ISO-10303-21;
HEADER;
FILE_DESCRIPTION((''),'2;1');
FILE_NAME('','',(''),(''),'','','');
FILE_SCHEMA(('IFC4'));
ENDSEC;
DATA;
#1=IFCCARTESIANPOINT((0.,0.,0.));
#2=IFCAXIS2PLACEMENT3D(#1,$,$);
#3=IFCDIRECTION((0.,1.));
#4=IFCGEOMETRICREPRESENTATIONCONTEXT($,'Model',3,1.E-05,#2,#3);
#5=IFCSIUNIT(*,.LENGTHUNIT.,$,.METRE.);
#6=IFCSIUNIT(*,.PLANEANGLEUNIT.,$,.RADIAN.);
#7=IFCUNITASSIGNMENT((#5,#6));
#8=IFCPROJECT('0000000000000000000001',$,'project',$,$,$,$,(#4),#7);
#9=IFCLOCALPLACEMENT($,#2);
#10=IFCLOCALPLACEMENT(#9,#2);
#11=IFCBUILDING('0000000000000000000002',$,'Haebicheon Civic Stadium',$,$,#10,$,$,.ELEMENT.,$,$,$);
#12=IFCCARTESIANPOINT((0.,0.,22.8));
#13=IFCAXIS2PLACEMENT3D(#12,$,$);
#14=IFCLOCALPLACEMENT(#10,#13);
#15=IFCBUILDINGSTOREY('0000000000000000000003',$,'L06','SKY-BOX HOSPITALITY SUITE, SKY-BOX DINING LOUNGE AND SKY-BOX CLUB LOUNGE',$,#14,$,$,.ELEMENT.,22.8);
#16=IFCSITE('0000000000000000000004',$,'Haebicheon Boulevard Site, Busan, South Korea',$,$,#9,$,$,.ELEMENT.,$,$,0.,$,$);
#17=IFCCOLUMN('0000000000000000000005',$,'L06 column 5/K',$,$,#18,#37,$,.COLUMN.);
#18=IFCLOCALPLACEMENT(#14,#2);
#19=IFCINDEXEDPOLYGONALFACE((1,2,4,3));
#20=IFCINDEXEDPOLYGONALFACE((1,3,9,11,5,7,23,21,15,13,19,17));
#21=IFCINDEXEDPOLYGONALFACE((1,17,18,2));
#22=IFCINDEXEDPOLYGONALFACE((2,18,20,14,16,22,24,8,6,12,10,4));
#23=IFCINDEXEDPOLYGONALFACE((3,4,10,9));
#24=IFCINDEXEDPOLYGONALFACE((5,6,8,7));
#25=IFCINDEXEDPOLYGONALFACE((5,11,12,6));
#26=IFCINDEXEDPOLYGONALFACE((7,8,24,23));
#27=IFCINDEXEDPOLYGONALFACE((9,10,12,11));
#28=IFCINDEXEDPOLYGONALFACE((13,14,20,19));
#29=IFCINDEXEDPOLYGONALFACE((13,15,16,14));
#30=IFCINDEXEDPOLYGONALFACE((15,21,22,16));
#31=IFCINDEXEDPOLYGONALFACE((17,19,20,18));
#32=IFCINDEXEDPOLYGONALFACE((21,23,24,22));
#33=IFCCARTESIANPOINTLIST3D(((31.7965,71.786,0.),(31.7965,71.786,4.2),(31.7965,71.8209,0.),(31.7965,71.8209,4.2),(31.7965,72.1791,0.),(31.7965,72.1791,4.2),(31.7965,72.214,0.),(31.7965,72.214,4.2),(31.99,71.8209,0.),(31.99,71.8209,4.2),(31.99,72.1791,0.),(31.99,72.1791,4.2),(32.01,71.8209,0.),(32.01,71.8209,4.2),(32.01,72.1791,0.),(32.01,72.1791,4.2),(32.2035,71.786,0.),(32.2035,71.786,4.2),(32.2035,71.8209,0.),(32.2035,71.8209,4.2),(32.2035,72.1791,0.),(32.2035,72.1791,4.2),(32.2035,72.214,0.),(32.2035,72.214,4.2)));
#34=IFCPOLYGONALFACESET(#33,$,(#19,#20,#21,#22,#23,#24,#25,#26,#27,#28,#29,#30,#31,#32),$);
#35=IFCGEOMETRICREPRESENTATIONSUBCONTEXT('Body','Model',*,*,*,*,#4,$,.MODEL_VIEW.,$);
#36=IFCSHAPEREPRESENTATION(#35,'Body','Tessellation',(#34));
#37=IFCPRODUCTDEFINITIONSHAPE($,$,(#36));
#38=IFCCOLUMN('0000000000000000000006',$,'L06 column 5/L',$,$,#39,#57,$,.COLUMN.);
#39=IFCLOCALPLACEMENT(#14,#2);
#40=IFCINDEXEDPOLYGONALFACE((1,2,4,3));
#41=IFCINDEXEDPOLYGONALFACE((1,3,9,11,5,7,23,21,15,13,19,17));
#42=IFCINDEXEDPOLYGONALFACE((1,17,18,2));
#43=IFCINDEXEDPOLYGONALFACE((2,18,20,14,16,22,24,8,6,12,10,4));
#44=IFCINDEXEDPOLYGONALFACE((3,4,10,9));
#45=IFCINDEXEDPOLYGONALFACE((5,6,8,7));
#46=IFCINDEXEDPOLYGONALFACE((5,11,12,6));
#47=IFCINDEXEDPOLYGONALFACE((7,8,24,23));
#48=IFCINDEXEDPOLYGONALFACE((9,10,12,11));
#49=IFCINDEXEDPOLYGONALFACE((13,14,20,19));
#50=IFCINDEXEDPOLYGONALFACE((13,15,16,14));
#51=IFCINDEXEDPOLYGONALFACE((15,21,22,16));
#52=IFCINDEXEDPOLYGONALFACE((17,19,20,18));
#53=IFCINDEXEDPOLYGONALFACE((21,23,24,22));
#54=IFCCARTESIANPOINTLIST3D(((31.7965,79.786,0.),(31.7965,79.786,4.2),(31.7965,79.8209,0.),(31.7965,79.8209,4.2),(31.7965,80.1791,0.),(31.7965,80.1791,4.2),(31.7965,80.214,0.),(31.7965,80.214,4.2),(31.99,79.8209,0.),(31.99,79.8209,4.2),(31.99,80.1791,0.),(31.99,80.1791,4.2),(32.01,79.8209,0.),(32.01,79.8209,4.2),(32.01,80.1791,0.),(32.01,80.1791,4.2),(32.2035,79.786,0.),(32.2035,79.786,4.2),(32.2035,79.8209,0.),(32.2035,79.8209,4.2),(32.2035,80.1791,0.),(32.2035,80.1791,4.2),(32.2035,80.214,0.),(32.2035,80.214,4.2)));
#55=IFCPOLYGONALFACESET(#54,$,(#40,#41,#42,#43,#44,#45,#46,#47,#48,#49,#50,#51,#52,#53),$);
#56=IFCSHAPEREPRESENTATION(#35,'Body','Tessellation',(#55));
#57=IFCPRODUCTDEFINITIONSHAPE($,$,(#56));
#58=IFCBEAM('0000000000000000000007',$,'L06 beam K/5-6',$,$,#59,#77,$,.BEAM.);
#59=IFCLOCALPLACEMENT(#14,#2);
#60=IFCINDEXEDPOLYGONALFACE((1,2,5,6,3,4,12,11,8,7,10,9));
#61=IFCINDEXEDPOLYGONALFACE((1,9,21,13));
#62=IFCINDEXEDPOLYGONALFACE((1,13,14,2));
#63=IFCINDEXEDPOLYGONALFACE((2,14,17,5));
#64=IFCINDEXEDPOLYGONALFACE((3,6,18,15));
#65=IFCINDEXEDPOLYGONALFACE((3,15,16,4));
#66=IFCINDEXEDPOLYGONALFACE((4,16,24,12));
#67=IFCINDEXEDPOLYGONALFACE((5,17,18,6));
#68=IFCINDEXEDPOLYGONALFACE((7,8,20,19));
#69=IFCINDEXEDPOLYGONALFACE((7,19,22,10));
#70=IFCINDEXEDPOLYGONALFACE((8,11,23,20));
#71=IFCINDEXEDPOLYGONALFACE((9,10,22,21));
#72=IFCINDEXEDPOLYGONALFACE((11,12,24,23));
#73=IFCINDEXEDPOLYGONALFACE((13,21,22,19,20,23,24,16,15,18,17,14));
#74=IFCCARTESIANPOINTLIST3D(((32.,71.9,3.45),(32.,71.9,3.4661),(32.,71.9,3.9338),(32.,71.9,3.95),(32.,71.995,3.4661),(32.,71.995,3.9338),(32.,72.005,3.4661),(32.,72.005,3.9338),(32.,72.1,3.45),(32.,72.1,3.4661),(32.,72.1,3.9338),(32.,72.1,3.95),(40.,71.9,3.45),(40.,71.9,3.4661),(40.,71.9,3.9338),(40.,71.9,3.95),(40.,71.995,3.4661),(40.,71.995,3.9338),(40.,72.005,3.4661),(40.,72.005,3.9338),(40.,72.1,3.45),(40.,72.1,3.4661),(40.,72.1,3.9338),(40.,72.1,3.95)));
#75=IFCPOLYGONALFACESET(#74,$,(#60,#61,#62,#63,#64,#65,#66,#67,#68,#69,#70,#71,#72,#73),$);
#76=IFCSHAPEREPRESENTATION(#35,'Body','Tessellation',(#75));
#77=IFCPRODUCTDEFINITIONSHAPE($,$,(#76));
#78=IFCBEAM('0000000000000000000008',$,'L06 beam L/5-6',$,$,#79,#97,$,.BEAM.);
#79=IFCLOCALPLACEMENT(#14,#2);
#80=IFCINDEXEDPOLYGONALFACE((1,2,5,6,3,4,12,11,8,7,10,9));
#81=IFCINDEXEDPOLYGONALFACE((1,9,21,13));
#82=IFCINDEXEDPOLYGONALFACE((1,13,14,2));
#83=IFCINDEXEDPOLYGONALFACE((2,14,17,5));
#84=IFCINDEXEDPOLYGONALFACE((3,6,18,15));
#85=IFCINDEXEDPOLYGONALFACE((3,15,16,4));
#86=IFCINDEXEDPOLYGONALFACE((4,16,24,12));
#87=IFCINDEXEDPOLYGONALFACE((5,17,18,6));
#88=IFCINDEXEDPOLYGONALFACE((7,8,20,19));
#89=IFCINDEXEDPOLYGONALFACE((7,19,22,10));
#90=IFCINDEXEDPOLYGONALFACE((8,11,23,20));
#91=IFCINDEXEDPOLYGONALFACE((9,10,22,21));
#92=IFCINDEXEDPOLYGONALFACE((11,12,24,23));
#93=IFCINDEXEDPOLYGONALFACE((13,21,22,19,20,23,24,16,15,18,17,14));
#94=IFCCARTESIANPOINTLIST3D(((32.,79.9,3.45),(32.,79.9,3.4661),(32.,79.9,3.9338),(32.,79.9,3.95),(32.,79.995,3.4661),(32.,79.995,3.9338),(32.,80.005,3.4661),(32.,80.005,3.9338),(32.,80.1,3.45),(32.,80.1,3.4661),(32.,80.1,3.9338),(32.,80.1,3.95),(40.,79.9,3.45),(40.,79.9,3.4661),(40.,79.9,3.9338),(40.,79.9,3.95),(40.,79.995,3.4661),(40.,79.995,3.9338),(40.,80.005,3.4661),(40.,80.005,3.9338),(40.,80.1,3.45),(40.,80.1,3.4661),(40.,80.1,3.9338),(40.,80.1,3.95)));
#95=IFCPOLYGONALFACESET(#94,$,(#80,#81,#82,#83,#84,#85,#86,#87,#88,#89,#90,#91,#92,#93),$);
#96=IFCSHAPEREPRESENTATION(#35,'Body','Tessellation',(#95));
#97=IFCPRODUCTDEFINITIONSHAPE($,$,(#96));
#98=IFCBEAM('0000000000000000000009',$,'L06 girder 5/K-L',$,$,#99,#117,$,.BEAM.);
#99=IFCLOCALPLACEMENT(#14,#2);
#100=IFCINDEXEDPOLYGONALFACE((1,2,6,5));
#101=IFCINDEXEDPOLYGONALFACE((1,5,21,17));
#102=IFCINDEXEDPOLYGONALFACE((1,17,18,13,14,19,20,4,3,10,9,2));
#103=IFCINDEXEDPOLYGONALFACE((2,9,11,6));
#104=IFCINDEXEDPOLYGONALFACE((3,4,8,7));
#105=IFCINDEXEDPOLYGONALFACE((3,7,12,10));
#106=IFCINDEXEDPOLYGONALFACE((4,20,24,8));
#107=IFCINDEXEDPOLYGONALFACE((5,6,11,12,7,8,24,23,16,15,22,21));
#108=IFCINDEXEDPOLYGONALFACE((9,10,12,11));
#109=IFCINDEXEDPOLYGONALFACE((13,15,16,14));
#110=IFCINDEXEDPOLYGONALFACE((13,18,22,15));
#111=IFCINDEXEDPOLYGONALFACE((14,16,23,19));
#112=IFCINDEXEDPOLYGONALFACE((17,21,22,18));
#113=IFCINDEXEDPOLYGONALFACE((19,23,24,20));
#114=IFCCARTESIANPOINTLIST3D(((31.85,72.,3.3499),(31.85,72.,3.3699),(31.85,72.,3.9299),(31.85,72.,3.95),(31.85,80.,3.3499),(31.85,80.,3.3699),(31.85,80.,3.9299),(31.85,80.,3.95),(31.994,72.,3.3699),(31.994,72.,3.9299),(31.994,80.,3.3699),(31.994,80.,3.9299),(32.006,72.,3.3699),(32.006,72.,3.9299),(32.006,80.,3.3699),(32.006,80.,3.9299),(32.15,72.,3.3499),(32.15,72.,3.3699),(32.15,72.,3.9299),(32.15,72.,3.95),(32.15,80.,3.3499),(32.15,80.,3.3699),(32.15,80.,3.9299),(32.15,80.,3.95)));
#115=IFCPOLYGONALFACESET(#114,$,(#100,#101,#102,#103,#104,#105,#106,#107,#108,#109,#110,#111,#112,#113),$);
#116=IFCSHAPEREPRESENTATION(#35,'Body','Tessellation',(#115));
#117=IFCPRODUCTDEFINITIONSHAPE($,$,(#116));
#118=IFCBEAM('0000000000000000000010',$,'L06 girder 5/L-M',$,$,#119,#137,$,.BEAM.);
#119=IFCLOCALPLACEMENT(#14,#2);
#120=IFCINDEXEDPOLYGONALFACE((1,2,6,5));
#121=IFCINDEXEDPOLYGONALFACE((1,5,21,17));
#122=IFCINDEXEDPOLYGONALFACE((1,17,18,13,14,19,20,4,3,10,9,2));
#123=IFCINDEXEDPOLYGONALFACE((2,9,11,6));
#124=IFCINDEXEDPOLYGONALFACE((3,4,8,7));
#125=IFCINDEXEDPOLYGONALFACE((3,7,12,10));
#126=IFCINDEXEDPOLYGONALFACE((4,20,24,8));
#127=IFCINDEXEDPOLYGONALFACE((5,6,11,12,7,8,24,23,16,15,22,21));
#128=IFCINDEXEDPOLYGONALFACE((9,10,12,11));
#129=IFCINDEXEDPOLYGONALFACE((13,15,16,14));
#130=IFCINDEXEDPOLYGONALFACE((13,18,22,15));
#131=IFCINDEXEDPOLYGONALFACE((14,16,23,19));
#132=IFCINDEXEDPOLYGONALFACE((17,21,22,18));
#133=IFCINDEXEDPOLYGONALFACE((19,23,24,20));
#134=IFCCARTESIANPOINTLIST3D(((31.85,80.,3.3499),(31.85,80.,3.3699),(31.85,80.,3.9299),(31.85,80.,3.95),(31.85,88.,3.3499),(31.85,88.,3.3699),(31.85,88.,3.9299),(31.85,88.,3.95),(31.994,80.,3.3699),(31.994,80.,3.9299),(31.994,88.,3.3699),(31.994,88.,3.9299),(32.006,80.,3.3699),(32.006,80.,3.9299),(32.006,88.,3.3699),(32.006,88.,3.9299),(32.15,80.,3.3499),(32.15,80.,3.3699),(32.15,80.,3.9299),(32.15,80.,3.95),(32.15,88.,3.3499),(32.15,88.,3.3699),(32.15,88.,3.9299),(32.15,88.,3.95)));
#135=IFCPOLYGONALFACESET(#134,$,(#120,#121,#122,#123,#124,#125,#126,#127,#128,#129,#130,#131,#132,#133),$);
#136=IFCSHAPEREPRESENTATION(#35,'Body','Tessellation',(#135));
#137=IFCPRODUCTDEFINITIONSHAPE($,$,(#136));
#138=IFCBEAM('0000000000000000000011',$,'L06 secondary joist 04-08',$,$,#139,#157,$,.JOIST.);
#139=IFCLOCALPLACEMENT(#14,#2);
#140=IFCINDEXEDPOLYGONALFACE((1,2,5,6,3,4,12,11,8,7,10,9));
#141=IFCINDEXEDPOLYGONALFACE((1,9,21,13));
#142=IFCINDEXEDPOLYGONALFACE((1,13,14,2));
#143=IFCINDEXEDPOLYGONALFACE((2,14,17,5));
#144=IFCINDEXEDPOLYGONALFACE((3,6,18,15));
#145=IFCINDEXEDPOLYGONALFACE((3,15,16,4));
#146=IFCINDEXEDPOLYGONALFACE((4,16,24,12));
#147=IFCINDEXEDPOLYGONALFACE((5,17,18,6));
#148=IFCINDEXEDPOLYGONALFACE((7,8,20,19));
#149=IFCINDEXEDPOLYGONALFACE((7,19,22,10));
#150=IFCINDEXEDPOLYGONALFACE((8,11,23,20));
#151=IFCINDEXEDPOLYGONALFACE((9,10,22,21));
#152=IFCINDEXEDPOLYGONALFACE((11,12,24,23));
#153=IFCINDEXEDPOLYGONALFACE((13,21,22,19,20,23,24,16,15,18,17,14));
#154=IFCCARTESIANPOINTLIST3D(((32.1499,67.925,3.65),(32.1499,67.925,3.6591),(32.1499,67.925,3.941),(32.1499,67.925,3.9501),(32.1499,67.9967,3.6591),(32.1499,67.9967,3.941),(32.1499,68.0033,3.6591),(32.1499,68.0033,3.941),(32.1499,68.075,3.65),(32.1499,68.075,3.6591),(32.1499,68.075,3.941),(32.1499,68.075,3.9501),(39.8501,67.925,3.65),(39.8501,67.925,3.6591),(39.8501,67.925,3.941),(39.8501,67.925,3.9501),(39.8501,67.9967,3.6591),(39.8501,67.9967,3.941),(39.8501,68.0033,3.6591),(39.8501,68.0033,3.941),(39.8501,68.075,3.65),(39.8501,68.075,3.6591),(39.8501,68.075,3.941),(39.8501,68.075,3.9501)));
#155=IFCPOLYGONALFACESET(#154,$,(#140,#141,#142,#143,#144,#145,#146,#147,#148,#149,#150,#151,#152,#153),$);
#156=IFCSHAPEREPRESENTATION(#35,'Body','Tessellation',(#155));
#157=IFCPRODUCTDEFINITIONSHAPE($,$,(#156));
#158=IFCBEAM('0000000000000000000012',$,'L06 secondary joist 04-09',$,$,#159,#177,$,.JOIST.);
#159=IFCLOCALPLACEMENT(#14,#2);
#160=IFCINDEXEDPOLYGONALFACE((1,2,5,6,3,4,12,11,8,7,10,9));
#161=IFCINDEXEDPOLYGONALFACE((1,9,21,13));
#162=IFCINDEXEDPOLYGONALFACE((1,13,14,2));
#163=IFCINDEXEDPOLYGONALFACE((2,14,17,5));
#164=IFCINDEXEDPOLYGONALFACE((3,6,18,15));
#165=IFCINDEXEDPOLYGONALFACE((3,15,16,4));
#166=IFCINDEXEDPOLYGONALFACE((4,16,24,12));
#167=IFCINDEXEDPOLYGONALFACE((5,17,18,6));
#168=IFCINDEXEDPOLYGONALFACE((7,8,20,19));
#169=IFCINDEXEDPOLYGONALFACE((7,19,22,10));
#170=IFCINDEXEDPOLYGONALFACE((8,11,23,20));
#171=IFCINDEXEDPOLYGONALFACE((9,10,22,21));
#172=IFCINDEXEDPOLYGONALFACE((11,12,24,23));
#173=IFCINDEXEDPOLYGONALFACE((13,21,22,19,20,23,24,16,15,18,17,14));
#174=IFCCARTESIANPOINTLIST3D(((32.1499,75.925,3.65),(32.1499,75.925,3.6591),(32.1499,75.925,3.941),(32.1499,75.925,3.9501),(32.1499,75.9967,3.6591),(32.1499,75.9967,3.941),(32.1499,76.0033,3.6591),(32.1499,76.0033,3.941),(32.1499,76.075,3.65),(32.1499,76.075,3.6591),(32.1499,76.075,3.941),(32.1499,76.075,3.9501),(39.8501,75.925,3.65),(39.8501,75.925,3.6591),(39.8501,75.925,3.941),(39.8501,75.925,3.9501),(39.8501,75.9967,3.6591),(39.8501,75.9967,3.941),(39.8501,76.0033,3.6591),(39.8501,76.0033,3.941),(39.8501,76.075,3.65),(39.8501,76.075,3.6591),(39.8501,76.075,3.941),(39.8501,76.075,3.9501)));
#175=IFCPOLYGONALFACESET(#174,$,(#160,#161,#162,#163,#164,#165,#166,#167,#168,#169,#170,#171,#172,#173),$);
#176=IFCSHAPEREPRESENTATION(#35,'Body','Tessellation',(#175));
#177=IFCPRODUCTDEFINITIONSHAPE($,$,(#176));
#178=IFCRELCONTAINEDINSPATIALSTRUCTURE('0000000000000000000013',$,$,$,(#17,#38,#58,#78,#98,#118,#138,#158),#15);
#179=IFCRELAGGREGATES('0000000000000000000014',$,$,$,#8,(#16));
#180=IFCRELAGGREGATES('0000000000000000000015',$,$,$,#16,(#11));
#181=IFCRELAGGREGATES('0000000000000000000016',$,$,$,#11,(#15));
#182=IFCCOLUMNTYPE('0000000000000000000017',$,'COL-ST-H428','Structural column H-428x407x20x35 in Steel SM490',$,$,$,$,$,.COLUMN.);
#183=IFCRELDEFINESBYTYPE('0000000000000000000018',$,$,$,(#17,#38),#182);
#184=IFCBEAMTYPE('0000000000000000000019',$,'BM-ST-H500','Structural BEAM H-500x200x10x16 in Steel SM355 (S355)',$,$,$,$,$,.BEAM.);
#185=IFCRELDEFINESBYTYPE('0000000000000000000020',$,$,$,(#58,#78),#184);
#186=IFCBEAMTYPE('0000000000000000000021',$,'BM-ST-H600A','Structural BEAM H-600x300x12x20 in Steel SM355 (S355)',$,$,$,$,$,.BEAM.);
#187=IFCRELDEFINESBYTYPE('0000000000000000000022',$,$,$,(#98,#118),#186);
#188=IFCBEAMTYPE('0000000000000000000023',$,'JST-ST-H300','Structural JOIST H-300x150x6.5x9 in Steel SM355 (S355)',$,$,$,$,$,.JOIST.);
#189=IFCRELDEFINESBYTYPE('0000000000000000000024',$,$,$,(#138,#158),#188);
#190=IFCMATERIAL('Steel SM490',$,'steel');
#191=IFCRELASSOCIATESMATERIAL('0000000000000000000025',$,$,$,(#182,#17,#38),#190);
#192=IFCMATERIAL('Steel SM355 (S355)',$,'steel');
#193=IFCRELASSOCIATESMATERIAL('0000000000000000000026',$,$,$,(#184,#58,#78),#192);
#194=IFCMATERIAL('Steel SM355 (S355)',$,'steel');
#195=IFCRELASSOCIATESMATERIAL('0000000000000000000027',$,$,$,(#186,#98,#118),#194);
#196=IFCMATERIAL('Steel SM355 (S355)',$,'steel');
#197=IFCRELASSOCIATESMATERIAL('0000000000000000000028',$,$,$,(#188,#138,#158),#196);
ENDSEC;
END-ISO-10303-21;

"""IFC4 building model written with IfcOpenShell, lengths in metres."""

from ifc_helpers import new_model, si_unit, direction, frame, origin, origin_2d, place, context, subcontext, project, spatial, i_section, extrude, material, material_profile, profile_set, type_object, element, save


model = new_model("IFC4")

# Units and contexts
model_context = context("Model", 3, precision=1e-05, world=origin(), true_north=direction((0.0, 1.0)))
body_context = subcontext(model_context, "Body", "Model", "MODEL_VIEW")
ifc_project = project(units=[si_unit("LENGTHUNIT", "METRE"), si_unit("PLANEANGLEUNIT", "RADIAN")], contexts=[model_context])

# Site, building, storey
site_placement = place(None, origin())
site = spatial("IfcSite", under=ifc_project, at=site_placement, Name="Haebicheon Boulevard Site, Busan, South Korea", CompositionType="ELEMENT", RefElevation=0.0)
building_placement = place(site_placement, origin())
building = spatial("IfcBuilding", under=site, at=building_placement, Name="Haebicheon Civic Stadium", CompositionType="ELEMENT")
storey_placement = place(building_placement, frame((0.0, 0.0, 22.8)))
storey = spatial("IfcBuildingStorey", under=building, at=storey_placement, Name="L06", Description="SKY-BOX HOSPITALITY SUITE, SKY-BOX DINING LOUNGE AND SKY-BOX CLUB LOUNGE", CompositionType="ELEMENT", Elevation=22.8)

# Columns
ifc_material_1 = material(Name="Steel SM490", Category="steel")
ifc_material_profile_1 = material_profile(ifc_material_1, i_section(OverallWidth=0.407, OverallDepth=0.428, WebThickness=0.02, FlangeThickness=0.0349, at=origin_2d()), Name="H-428x407x20x35")
ifc_profile_set_1 = profile_set([ifc_material_profile_1], Name="Steel SM490")
column_type = type_object("IfcColumnType", Name="COL-ST-H428", Description="Structural column H-428x407x20x35 in Steel SM490", PredefinedType="COLUMN", material=ifc_profile_set_1)
for number, where, z_axis, x_axis, name in (
    (1, (32.0, 72.0, 0.0), (0.0, 0.0, 1.0), (1.0, 0.0, 0.0), "L06 column 5/K"),
    (2, (32.0, 80.0, 0.0), (0.0, 0.0, 1.0), (1.0, 0.0, 0.0), "L06 column 5/L"),
):
    element("IfcColumn", number, at=place(storey_placement, frame(where, z_axis=z_axis, x_axis=x_axis)), inside=storey, type_object=column_type, material=ifc_profile_set_1, Name=name, PredefinedType="COLUMN", context=body_context, shape_type="SweptSolid", body=[
        extrude(i_section(OverallWidth=0.407, OverallDepth=0.428, WebThickness=0.02, FlangeThickness=0.0349, at=origin_2d()), origin(), (0.0, 0.0, 1.0), 4.2),
    ])

# Beams
ifc_material_2 = material(Name="Steel SM355 (S355)", Category="steel")
ifc_material_profile_2 = material_profile(ifc_material_2, i_section(OverallWidth=0.2, OverallDepth=0.5, WebThickness=0.01, FlangeThickness=0.0161, at=origin_2d()), Name="H-500x200x10x16")
ifc_profile_set_2 = profile_set([ifc_material_profile_2], Name="Steel SM355 (S355)")
beam_type_1 = type_object("IfcBeamType", Name="BM-ST-H500", Description="Structural BEAM H-500x200x10x16 in Steel SM355 (S355)", PredefinedType="BEAM", material=ifc_profile_set_2)
for number, where, z_axis, x_axis, name in (
    (3, (32.0, 72.0, 3.7), (1.0, 0.0, 0.0), (0.0, 1.0, 0.0), "L06 beam K/5-6"),
    (4, (32.0, 80.0, 3.7), (1.0, 0.0, 0.0), (0.0, 1.0, 0.0), "L06 beam L/5-6"),
):
    element("IfcBeam", number, at=place(storey_placement, frame(where, z_axis=z_axis, x_axis=x_axis)), inside=storey, type_object=beam_type_1, material=ifc_profile_set_2, Name=name, PredefinedType="BEAM", context=body_context, shape_type="SweptSolid", body=[
        extrude(i_section(OverallWidth=0.2, OverallDepth=0.5, WebThickness=0.01, FlangeThickness=0.0161, at=origin_2d()), origin(), (0.0, 0.0, 1.0), 8.0),
    ])
ifc_material_3 = material(Name="Steel SM355 (S355)", Category="steel")
ifc_material_profile_3 = material_profile(ifc_material_3, i_section(OverallWidth=0.3, OverallDepth=0.6001, WebThickness=0.012, FlangeThickness=0.02, at=origin_2d()), Name="H-600x300x12x20")
ifc_profile_set_3 = profile_set([ifc_material_profile_3], Name="Steel SM355 (S355)")
beam_type_2 = type_object("IfcBeamType", Name="BM-ST-H600A", Description="Structural BEAM H-600x300x12x20 in Steel SM355 (S355)", PredefinedType="BEAM", material=ifc_profile_set_3)
for number, where, z_axis, x_axis, name in (
    (5, (32.0, 72.0, 3.6499), (0.0, 1.0, 0.0), (-1.0, 0.0, 0.0), "L06 girder 5/K-L"),
    (6, (32.0, 80.0, 3.6499), (0.0, 1.0, 0.0), (-1.0, 0.0, 0.0), "L06 girder 5/L-M"),
):
    element("IfcBeam", number, at=place(storey_placement, frame(where, z_axis=z_axis, x_axis=x_axis)), inside=storey, type_object=beam_type_2, material=ifc_profile_set_3, Name=name, PredefinedType="BEAM", context=body_context, shape_type="SweptSolid", body=[
        extrude(i_section(OverallWidth=0.3, OverallDepth=0.6001, WebThickness=0.012, FlangeThickness=0.02, at=origin_2d()), origin(), (0.0, 0.0, 1.0), 8.0),
    ])
ifc_material_4 = material(Name="Steel SM355 (S355)", Category="steel")
ifc_material_profile_4 = material_profile(ifc_material_4, i_section(OverallWidth=0.1499, OverallDepth=0.3, WebThickness=0.0066, FlangeThickness=0.009, at=origin_2d()), Name="H-300x150x6.5x9")
ifc_profile_set_4 = profile_set([ifc_material_profile_4], Name="Steel SM355 (S355)")
beam_type_3 = type_object("IfcBeamType", Name="JST-ST-H300", Description="Structural JOIST H-300x150x6.5x9 in Steel SM355 (S355)", PredefinedType="JOIST", material=ifc_profile_set_4)
for number, where, z_axis, x_axis, name in (
    (7, (32.1499, 68.0, 3.8), (1.0, 0.0, 0.0), (0.0, 1.0, 0.0), "L06 secondary joist 04-08"),
    (8, (32.1499, 76.0, 3.8), (1.0, 0.0, 0.0), (0.0, 1.0, 0.0), "L06 secondary joist 04-09"),
):
    element("IfcBeam", number, at=place(storey_placement, frame(where, z_axis=z_axis, x_axis=x_axis)), inside=storey, type_object=beam_type_3, material=ifc_profile_set_4, Name=name, PredefinedType="JOIST", context=body_context, shape_type="SweptSolid", body=[
        extrude(i_section(OverallWidth=0.1499, OverallDepth=0.3, WebThickness=0.0066, FlangeThickness=0.009, at=origin_2d()), origin(), (0.0, 0.0, 1.0), 7.7002),
    ])

save(model, "model.ifc")
